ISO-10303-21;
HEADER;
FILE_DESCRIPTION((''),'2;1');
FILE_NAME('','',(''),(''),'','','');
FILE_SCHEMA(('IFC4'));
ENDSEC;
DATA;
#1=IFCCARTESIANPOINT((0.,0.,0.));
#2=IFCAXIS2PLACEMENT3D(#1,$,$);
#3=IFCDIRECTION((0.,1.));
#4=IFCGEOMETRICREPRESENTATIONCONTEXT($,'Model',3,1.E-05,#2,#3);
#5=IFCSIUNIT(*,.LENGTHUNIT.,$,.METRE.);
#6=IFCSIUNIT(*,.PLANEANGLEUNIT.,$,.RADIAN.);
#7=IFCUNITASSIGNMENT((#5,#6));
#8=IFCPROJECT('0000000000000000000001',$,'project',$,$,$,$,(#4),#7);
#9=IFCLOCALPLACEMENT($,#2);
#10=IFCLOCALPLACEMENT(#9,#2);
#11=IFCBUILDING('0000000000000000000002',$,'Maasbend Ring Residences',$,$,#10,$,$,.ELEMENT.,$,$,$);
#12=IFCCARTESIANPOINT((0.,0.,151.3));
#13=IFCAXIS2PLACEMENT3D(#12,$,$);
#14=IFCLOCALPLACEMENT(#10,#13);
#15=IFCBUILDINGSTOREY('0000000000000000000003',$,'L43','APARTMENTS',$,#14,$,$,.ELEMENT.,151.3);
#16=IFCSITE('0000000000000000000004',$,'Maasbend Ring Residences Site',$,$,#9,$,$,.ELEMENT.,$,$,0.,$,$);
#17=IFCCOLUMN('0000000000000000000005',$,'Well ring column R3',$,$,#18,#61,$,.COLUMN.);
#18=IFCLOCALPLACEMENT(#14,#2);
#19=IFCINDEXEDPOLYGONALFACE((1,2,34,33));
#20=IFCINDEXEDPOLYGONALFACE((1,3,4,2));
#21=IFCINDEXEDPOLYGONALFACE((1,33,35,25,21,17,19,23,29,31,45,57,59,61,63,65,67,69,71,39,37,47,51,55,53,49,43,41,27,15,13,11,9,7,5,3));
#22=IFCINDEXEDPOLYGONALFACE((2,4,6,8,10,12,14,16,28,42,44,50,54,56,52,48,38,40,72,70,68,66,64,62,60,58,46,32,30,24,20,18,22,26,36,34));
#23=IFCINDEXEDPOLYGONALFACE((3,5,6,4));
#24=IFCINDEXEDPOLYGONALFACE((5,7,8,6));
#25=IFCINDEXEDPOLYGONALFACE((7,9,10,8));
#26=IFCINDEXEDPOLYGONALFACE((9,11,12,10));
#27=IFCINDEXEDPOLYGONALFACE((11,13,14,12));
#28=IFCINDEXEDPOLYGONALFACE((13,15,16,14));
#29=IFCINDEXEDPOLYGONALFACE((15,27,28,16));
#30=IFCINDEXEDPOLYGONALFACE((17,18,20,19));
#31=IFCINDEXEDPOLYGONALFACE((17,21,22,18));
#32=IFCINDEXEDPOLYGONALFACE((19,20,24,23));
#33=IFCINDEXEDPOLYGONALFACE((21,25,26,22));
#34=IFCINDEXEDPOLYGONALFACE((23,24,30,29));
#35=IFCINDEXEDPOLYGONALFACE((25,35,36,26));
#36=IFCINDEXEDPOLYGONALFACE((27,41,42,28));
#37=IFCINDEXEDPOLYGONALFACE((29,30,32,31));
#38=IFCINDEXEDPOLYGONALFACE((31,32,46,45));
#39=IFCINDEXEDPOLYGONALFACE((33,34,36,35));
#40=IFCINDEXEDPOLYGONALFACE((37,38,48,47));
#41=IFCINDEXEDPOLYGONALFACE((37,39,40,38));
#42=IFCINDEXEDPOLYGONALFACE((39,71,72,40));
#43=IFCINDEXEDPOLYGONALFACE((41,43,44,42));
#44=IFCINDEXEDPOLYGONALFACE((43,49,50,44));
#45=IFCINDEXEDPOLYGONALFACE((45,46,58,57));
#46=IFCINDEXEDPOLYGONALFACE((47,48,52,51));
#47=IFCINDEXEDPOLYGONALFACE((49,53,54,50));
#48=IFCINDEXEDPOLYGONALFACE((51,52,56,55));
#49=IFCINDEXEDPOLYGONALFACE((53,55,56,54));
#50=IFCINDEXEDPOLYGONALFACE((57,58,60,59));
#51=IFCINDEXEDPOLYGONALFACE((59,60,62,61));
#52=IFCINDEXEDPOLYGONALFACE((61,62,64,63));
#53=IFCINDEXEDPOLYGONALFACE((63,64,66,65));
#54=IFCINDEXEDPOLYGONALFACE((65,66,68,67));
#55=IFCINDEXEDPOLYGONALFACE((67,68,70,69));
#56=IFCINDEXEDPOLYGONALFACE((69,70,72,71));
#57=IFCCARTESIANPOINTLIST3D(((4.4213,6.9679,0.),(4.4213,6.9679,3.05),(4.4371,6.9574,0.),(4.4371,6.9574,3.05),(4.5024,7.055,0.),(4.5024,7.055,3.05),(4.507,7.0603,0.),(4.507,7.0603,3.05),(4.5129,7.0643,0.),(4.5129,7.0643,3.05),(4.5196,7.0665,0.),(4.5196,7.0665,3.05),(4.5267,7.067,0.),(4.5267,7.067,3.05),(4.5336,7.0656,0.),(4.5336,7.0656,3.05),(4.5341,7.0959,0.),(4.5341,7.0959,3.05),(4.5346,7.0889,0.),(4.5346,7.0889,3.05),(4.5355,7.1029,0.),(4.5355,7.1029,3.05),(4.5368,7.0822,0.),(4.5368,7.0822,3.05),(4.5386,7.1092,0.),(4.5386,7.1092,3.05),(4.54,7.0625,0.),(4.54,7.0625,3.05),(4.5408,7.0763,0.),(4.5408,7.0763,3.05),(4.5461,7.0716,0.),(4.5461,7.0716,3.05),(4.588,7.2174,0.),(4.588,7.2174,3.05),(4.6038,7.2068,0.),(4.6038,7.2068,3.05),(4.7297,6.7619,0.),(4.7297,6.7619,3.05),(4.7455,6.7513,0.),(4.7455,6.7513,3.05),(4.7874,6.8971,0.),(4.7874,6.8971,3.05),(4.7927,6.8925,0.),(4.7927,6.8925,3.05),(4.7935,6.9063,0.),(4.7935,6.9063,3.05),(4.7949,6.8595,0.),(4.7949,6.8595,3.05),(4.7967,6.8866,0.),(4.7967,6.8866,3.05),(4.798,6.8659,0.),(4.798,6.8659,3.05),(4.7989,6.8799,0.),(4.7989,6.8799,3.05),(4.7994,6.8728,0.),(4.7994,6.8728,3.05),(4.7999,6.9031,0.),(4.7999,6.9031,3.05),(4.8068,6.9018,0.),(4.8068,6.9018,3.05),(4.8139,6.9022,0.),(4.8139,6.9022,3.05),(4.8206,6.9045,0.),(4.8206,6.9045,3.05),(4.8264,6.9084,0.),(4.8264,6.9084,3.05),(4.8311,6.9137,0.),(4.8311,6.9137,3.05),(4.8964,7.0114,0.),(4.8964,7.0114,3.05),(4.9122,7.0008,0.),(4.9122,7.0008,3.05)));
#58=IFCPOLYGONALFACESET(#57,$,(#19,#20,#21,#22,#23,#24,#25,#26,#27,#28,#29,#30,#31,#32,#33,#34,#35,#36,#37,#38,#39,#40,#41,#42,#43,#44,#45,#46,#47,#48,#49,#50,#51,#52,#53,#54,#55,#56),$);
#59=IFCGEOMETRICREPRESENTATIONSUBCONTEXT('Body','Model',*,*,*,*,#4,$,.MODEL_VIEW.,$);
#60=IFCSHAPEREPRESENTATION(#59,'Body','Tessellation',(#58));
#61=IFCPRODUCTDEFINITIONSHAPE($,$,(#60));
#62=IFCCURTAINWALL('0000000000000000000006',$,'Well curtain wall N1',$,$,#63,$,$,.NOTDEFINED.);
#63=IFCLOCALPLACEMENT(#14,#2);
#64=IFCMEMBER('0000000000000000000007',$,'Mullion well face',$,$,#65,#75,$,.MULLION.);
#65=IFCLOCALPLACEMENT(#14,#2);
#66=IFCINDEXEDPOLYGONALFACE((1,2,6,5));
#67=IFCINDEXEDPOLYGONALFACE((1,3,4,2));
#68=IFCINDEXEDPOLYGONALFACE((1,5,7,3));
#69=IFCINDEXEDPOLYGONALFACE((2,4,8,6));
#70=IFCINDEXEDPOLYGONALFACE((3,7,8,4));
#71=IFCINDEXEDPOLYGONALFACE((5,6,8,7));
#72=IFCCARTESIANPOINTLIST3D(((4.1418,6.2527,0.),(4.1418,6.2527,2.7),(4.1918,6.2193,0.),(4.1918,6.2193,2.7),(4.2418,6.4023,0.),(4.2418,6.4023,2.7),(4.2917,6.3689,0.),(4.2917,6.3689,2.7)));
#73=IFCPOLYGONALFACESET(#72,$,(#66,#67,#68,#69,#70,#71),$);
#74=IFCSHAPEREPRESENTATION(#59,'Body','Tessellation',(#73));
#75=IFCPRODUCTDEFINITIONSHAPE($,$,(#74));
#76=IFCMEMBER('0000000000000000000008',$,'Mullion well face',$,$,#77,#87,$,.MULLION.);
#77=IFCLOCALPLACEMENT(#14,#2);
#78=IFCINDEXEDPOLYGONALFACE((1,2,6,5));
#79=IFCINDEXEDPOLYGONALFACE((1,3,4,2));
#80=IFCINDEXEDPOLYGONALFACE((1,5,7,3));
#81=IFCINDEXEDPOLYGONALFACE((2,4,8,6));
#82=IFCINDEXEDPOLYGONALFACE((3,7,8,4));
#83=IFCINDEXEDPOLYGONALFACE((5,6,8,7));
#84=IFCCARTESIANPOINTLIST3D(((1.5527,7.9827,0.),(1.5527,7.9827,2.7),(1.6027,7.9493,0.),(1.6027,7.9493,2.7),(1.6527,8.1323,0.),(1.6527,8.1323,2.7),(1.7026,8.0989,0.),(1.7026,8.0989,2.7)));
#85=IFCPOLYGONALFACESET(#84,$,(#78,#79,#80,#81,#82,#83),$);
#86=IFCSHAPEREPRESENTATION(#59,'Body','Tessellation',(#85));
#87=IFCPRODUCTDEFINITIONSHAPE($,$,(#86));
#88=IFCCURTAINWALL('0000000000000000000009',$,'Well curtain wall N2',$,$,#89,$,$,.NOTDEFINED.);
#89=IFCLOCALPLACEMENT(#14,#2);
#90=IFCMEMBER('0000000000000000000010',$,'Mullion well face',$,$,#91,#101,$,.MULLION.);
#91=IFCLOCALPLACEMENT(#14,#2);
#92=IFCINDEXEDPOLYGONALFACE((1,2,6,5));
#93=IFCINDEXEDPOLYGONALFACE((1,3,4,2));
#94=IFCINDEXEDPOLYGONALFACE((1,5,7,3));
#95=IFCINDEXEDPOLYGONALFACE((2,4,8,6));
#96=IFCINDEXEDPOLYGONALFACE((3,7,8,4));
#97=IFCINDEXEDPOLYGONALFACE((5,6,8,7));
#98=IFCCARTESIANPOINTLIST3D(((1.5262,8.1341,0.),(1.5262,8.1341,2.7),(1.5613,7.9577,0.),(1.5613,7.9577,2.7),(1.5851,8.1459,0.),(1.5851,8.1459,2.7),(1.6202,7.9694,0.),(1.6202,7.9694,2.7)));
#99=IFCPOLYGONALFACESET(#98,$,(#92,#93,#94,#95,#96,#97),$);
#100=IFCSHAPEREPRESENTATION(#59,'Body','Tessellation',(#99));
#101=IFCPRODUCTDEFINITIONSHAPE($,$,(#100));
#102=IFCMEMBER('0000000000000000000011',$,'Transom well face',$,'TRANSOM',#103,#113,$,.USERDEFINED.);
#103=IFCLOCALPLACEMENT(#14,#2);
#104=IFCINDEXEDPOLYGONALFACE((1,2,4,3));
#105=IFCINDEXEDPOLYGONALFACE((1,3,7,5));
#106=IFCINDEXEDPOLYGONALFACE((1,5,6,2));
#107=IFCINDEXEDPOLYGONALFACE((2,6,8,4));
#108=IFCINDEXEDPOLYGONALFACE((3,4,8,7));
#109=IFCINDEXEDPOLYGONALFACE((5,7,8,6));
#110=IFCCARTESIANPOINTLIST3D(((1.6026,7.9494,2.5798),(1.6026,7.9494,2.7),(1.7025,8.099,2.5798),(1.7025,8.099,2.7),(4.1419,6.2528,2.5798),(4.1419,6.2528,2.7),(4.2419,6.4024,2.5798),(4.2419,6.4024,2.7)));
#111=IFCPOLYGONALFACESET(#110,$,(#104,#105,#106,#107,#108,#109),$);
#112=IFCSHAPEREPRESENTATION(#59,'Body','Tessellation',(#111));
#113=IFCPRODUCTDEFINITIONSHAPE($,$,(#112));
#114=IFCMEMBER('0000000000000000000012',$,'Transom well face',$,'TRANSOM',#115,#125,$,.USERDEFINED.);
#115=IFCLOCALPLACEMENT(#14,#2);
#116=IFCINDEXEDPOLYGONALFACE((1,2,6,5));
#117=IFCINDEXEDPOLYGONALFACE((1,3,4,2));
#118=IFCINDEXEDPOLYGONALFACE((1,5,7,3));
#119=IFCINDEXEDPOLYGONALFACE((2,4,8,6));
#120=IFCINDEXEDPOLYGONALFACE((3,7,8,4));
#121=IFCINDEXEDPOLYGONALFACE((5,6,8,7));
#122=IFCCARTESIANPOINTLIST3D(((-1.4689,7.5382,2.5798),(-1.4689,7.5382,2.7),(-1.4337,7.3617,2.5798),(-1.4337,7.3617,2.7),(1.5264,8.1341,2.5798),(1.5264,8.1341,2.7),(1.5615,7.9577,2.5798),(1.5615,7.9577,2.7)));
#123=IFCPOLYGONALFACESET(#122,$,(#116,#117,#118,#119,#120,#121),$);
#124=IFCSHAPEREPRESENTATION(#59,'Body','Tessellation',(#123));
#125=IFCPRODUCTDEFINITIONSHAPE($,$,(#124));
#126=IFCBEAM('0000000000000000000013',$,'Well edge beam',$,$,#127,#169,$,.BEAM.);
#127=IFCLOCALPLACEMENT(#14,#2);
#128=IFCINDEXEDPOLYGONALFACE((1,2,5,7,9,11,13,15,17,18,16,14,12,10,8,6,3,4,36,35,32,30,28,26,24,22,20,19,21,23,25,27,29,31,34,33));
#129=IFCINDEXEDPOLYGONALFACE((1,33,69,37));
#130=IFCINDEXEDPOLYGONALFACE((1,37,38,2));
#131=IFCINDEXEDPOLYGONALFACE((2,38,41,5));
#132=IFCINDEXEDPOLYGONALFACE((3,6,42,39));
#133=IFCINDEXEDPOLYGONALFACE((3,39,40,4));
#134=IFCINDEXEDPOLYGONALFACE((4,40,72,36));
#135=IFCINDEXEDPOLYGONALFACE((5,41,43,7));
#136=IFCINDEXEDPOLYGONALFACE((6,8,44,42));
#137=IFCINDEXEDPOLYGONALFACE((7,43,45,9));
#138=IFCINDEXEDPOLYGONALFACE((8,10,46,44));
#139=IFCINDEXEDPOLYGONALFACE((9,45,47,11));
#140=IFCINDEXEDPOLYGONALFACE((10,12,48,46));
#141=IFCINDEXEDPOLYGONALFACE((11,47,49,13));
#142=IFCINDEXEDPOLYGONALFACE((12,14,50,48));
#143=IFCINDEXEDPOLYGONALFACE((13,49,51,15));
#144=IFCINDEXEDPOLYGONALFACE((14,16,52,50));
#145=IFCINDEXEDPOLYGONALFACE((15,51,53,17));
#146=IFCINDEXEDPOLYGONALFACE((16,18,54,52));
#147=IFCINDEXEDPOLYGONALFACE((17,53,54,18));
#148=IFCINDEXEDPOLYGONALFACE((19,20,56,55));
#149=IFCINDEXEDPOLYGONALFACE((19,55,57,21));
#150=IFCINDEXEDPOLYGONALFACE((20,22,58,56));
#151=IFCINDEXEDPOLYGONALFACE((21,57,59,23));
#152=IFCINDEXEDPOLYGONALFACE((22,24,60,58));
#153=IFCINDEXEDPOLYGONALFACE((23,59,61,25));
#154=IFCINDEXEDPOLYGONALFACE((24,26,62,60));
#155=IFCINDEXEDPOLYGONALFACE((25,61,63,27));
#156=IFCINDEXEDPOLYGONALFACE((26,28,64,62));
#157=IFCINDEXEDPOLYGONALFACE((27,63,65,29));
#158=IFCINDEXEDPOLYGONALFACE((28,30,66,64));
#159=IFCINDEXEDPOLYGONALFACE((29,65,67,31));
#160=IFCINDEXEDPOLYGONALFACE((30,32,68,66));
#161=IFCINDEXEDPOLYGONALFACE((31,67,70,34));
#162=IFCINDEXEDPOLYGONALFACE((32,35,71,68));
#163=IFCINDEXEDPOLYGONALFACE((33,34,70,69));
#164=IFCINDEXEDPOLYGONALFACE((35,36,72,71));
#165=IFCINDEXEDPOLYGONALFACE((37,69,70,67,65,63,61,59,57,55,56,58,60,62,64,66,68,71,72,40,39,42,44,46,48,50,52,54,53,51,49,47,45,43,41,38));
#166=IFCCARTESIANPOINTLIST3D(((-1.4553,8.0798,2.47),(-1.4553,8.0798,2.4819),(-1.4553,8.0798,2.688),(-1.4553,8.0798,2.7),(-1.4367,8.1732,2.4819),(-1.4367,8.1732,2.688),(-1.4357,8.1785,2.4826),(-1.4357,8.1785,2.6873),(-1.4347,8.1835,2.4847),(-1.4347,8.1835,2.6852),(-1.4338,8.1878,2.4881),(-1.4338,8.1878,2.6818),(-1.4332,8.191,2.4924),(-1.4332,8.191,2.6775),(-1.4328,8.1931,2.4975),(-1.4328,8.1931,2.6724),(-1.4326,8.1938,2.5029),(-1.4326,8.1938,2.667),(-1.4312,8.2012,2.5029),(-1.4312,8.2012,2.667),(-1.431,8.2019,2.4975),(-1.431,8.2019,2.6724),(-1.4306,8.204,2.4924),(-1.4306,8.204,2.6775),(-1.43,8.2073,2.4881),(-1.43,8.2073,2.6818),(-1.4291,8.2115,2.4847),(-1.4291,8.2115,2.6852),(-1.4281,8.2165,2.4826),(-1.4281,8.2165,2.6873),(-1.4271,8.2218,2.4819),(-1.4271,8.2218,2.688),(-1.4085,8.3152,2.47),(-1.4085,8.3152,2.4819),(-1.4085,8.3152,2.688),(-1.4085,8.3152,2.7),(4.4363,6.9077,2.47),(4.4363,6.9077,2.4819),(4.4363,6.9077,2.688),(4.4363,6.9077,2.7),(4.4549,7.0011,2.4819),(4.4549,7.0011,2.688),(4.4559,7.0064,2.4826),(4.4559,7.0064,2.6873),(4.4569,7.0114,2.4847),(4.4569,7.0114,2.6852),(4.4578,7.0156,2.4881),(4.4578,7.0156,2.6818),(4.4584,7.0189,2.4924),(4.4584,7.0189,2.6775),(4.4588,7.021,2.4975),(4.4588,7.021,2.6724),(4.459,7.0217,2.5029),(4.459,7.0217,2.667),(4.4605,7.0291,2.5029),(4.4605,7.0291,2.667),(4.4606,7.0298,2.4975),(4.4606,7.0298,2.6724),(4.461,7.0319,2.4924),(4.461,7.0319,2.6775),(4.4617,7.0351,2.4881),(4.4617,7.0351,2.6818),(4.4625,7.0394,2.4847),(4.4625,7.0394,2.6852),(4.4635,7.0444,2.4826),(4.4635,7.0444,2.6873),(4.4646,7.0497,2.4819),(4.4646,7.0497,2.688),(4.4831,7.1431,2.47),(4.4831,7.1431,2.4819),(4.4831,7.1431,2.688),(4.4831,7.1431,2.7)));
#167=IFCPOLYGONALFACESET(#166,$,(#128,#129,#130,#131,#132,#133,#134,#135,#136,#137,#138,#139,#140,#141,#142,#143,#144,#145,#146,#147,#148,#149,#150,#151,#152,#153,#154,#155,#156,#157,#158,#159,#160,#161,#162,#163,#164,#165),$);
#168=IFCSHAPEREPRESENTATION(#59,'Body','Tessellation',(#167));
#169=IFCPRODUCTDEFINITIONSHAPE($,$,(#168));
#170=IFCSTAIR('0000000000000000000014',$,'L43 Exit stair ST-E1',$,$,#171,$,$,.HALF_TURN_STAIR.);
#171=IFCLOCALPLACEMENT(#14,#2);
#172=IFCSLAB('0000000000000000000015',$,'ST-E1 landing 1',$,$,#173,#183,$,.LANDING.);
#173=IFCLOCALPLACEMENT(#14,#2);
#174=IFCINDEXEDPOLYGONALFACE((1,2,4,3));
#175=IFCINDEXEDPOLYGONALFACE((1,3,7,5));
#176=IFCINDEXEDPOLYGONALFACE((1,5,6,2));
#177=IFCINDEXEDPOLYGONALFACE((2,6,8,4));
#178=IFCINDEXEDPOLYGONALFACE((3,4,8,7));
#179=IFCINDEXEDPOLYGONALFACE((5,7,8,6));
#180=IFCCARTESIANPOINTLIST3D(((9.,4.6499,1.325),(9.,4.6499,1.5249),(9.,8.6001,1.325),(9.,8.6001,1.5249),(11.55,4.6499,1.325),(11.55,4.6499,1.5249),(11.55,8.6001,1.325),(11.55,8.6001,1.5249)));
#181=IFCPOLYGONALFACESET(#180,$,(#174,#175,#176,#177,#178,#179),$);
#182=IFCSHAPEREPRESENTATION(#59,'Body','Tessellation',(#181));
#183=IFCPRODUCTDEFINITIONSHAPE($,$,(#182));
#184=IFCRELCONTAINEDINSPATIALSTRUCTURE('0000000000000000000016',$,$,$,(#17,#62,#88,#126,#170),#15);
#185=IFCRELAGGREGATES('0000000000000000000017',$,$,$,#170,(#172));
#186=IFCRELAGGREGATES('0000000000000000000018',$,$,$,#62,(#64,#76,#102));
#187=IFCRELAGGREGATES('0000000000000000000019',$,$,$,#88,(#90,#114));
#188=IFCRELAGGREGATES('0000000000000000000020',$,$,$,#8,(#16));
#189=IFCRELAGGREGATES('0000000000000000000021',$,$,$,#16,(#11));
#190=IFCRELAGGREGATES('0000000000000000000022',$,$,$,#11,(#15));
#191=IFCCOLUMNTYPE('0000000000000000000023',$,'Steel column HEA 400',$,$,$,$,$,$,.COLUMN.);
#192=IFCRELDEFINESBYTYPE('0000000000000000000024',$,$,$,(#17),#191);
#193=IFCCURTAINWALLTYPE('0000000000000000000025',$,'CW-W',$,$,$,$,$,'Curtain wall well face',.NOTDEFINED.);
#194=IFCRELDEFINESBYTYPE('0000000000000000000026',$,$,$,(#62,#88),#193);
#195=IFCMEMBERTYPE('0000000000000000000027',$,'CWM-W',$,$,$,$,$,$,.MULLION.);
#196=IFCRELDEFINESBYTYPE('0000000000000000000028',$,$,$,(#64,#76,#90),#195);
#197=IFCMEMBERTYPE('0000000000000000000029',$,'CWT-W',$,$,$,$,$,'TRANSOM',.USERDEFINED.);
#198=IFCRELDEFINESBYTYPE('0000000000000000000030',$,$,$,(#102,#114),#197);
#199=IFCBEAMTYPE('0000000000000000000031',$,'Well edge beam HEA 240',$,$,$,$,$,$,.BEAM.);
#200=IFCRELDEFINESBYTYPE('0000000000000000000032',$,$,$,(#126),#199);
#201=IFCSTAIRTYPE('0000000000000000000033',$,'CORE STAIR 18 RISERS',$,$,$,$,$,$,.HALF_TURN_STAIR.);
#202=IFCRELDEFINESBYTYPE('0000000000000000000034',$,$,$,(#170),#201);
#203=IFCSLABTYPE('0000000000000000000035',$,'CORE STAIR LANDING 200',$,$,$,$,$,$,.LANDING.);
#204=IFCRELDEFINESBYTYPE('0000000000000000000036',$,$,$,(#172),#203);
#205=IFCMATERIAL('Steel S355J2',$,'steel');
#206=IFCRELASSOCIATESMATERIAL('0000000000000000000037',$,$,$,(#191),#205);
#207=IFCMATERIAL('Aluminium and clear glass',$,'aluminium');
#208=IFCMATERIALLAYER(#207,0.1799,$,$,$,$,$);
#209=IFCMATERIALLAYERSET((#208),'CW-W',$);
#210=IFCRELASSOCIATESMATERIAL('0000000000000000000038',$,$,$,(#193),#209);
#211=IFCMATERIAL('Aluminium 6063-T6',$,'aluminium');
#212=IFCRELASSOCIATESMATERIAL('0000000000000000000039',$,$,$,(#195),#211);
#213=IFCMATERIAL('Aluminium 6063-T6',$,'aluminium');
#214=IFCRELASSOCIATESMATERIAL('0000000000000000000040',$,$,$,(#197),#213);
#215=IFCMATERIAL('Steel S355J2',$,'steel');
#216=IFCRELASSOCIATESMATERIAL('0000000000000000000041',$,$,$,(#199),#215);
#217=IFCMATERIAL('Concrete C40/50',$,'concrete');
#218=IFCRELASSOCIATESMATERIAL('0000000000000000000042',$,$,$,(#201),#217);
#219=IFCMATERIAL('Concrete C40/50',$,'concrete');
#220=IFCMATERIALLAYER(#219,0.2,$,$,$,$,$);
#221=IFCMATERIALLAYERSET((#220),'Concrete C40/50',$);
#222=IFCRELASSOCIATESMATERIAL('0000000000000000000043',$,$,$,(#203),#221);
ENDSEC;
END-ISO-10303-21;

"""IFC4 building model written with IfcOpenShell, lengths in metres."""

from ifc_helpers import new_model, si_unit, direction, frame, origin, origin_2d, place, context, subcontext, project, spatial, polyline, rectangle, i_section, outline, extrude, material, layer, layer_set, material_profile, profile_set, type_object, element, aggregate, save


model = new_model("IFC4")

# Units and contexts
model_context = context("Model", 3, precision=1e-05, world=origin(), true_north=direction((0.0, 1.0)))
body_context = subcontext(model_context, "Body", "Model", "MODEL_VIEW")
ifc_project = project(units=[si_unit("LENGTHUNIT", "METRE"), si_unit("PLANEANGLEUNIT", "RADIAN")], contexts=[model_context])

# Site, building, storey
site_placement = place(None, origin())
site = spatial("IfcSite", under=ifc_project, at=site_placement, Name="Maasbend Ring Residences Site", CompositionType="ELEMENT", RefElevation=0.0)
building_placement = place(site_placement, origin())
building = spatial("IfcBuilding", under=site, at=building_placement, Name="Maasbend Ring Residences", CompositionType="ELEMENT")
storey_placement = place(building_placement, frame((0.0, 0.0, 151.3)))
storey = spatial("IfcBuildingStorey", under=building, at=storey_placement, Name="L43", Description="APARTMENTS", CompositionType="ELEMENT", Elevation=151.3)

# Column
ifc_material_1 = material(Name="Steel S355J2", Category="steel")
ifc_material_profile_1 = material_profile(ifc_material_1, i_section(OverallWidth=0.3, OverallDepth=0.3899, WebThickness=0.011, FlangeThickness=0.019, FilletRadius=0.0271, at=origin_2d()), Name="HEA 400")
ifc_profile_set_1 = profile_set([ifc_material_profile_1], Name="Steel S355J2")
column_type = type_object("IfcColumnType", Name="Steel column HEA 400", PredefinedType="COLUMN", material=ifc_profile_set_1)
column_placement = place(storey_placement, frame((4.6667, 6.9844, 0.0), z_axis=(0.0, 0.0, 1.0), x_axis=(0.55557, 0.83147, 0.0)))
element("IfcColumn", 1, at=column_placement, inside=storey, type_object=column_type, Name="Well ring column R3", PredefinedType="COLUMN", context=body_context, shape_type="SweptSolid", body=[
    extrude(i_section(OverallWidth=0.3, OverallDepth=0.3899, WebThickness=0.011, FlangeThickness=0.019, FilletRadius=0.0271, at=origin_2d()), origin(), (0.0, 0.0, 1.0), 3.05),
])

# Curtain wall, members
ifc_material_2 = material(Name="Aluminium and clear glass", Category="aluminium")
ifc_layer_1 = layer(ifc_material_2, 0.1799)
ifc_layer_set_1 = layer_set([ifc_layer_1], Name="CW-W")
curtain_wall_type = type_object("IfcCurtainWallType", Name="CW-W", ElementType="Curtain wall well face", PredefinedType="NOTDEFINED", material=ifc_layer_set_1)
curtain_wall_1_placement = place(storey_placement, origin())
curtain_wall_1 = element("IfcCurtainWall", 2, at=curtain_wall_1_placement, inside=storey, type_object=curtain_wall_type, Name="Well curtain wall N1", PredefinedType="NOTDEFINED")
ifc_material_3 = material(Name="Aluminium 6063-T6", Category="aluminium")
ifc_material_profile_2 = material_profile(ifc_material_3, rectangle(XDim=0.1799, YDim=0.0601, at=origin_2d()), Name="AL 180x60")
ifc_profile_set_2 = profile_set([ifc_material_profile_2], Name="Aluminium 6063-T6")
member_type_1 = type_object("IfcMemberType", Name="CWM-W", PredefinedType="MULLION", material=ifc_profile_set_2)
member_1_placement = place(storey_placement, frame((4.2168, 6.3108, 0.0), z_axis=(0.0, 0.0, 1.0), x_axis=(-0.55557, -0.83147, 0.0)))
member_1 = element("IfcMember", 3, at=member_1_placement, type_object=member_type_1, Name="Mullion well face", PredefinedType="MULLION", context=body_context, shape_type="SweptSolid", body=[
    extrude(rectangle(XDim=0.1799, YDim=0.0601, at=origin_2d()), origin(), (0.0, 0.0, 1.0), 2.7),
])
member_2_placement = place(storey_placement, frame((1.6277, 8.0408, 0.0), z_axis=(0.0, 0.0, 1.0), x_axis=(-0.55557, -0.83147, 0.0)))
member_2 = element("IfcMember", 4, at=member_2_placement, type_object=member_type_1, Name="Mullion well face", PredefinedType="MULLION", context=body_context, shape_type="SweptSolid", body=[
    extrude(rectangle(XDim=0.1799, YDim=0.0601, at=origin_2d()), origin(), (0.0, 0.0, 1.0), 2.7),
])

# Curtain wall, member
curtain_wall_2_placement = place(storey_placement, origin())
curtain_wall_2 = element("IfcCurtainWall", 5, at=curtain_wall_2_placement, inside=storey, type_object=curtain_wall_type, Name="Well curtain wall N2", PredefinedType="NOTDEFINED")
member_3_placement = place(storey_placement, frame((1.5732, 8.0518, 0.0), z_axis=(0.0, 0.0, 1.0), x_axis=(0.19509, -0.980785, 0.0)))
member_3 = element("IfcMember", 6, at=member_3_placement, type_object=member_type_1, Name="Mullion well face", PredefinedType="MULLION", context=body_context, shape_type="SweptSolid", body=[
    extrude(rectangle(XDim=0.1799, YDim=0.0601, at=origin_2d()), origin(), (0.0, 0.0, 1.0), 2.7),
])

# Members
ifc_material_4 = material(Name="Aluminium 6063-T6", Category="aluminium")
ifc_material_profile_3 = material_profile(ifc_material_4, rectangle(XDim=0.1799, YDim=0.1201, at=origin_2d()), Name="AL 180x120")
ifc_profile_set_3 = profile_set([ifc_material_profile_3], Name="Aluminium 6063-T6")
member_type_2 = type_object("IfcMemberType", Name="CWT-W", ElementType="TRANSOM", PredefinedType="USERDEFINED", material=ifc_profile_set_3)
member_4_placement = place(storey_placement, frame((4.1919, 6.3276, 2.6399), z_axis=(-0.831496, 0.55553, 0.0), x_axis=(-0.55553, -0.831496, 0.0)))
member_4 = element("IfcMember", 7, at=member_4_placement, type_object=member_type_2, Name="Transom well face", ObjectType="TRANSOM", PredefinedType="USERDEFINED", context=body_context, shape_type="SweptSolid", body=[
    extrude(rectangle(XDim=0.1799, YDim=0.1201, at=origin_2d()), origin(), (0.0, 0.0, 1.0), 3.054),
])
member_5_placement = place(storey_placement, frame((1.5439, 8.0459, 2.6399), z_axis=(-0.980777, -0.195132, 0.0), x_axis=(0.195132, -0.980777, 0.0)))
member_5 = element("IfcMember", 8, at=member_5_placement, type_object=member_type_2, Name="Transom well face", ObjectType="TRANSOM", PredefinedType="USERDEFINED", context=body_context, shape_type="SweptSolid", body=[
    extrude(rectangle(XDim=0.1799, YDim=0.1201, at=origin_2d()), origin(), (0.0, 0.0, 1.0), 3.054),
])

# Beam
ifc_material_5 = material(Name="Steel S355J2", Category="steel")
ifc_material_profile_4 = material_profile(ifc_material_5, i_section(OverallWidth=0.24, OverallDepth=0.23, WebThickness=0.0076, FlangeThickness=0.012, FilletRadius=0.021, at=origin_2d()), Name="HEA 240")
ifc_profile_set_4 = profile_set([ifc_material_profile_4], Name="Steel S355J2")
beam_type = type_object("IfcBeamType", Name="Well edge beam HEA 240", PredefinedType="BEAM", material=ifc_profile_set_4)
beam_placement = place(storey_placement, frame((4.4597, 7.0254, 2.585), z_axis=(-0.980779, 0.195123, 0.0), x_axis=(-0.195123, -0.980779, 0.0)))
element("IfcBeam", 9, at=beam_placement, inside=storey, type_object=beam_type, Name="Well edge beam", PredefinedType="BEAM", context=body_context, shape_type="SweptSolid", body=[
    extrude(i_section(OverallWidth=0.24, OverallDepth=0.23, WebThickness=0.0076, FlangeThickness=0.012, FilletRadius=0.021, at=origin_2d()), origin(), (0.0, 0.0, 1.0), 6.0071),
])

# Stair, slab
ifc_material_6 = material(Name="Concrete C40/50", Category="concrete")
stair_type = type_object("IfcStairType", Name="CORE STAIR 18 RISERS", PredefinedType="HALF_TURN_STAIR", material=ifc_material_6)
stair_1_placement = place(storey_placement, origin())
stair_1 = element("IfcStair", 10, at=stair_1_placement, inside=storey, type_object=stair_type, Name="L43 Exit stair ST-E1", PredefinedType="HALF_TURN_STAIR")
ifc_material_7 = material(Name="Concrete C40/50", Category="concrete")
ifc_layer_2 = layer(ifc_material_7, 0.2)
ifc_layer_set_2 = layer_set([ifc_layer_2], Name="Concrete C40/50")
slab_type = type_object("IfcSlabType", Name="CORE STAIR LANDING 200", PredefinedType="LANDING", material=ifc_layer_set_2)
slab_1_placement = place(storey_placement, frame((0.0, 0.0, 1.325)))
slab_1 = element("IfcSlab", 11, at=slab_1_placement, type_object=slab_type, Name="ST-E1 landing 1", PredefinedType="LANDING", context=body_context, shape_type="SweptSolid", body=[
    extrude(outline(polyline([(11.55, 8.6001), (9.0, 8.6001), (9.0, 4.6499), (11.55, 4.6499), (11.55, 8.6001)])), origin(), (0.0, 0.0, 1.0), 0.2),
])
aggregate(stair_1, [slab_1])

aggregate(curtain_wall_1, [member_1, member_2, member_4])
aggregate(curtain_wall_2, [member_3, member_5])

save(model, "model.ifc")
